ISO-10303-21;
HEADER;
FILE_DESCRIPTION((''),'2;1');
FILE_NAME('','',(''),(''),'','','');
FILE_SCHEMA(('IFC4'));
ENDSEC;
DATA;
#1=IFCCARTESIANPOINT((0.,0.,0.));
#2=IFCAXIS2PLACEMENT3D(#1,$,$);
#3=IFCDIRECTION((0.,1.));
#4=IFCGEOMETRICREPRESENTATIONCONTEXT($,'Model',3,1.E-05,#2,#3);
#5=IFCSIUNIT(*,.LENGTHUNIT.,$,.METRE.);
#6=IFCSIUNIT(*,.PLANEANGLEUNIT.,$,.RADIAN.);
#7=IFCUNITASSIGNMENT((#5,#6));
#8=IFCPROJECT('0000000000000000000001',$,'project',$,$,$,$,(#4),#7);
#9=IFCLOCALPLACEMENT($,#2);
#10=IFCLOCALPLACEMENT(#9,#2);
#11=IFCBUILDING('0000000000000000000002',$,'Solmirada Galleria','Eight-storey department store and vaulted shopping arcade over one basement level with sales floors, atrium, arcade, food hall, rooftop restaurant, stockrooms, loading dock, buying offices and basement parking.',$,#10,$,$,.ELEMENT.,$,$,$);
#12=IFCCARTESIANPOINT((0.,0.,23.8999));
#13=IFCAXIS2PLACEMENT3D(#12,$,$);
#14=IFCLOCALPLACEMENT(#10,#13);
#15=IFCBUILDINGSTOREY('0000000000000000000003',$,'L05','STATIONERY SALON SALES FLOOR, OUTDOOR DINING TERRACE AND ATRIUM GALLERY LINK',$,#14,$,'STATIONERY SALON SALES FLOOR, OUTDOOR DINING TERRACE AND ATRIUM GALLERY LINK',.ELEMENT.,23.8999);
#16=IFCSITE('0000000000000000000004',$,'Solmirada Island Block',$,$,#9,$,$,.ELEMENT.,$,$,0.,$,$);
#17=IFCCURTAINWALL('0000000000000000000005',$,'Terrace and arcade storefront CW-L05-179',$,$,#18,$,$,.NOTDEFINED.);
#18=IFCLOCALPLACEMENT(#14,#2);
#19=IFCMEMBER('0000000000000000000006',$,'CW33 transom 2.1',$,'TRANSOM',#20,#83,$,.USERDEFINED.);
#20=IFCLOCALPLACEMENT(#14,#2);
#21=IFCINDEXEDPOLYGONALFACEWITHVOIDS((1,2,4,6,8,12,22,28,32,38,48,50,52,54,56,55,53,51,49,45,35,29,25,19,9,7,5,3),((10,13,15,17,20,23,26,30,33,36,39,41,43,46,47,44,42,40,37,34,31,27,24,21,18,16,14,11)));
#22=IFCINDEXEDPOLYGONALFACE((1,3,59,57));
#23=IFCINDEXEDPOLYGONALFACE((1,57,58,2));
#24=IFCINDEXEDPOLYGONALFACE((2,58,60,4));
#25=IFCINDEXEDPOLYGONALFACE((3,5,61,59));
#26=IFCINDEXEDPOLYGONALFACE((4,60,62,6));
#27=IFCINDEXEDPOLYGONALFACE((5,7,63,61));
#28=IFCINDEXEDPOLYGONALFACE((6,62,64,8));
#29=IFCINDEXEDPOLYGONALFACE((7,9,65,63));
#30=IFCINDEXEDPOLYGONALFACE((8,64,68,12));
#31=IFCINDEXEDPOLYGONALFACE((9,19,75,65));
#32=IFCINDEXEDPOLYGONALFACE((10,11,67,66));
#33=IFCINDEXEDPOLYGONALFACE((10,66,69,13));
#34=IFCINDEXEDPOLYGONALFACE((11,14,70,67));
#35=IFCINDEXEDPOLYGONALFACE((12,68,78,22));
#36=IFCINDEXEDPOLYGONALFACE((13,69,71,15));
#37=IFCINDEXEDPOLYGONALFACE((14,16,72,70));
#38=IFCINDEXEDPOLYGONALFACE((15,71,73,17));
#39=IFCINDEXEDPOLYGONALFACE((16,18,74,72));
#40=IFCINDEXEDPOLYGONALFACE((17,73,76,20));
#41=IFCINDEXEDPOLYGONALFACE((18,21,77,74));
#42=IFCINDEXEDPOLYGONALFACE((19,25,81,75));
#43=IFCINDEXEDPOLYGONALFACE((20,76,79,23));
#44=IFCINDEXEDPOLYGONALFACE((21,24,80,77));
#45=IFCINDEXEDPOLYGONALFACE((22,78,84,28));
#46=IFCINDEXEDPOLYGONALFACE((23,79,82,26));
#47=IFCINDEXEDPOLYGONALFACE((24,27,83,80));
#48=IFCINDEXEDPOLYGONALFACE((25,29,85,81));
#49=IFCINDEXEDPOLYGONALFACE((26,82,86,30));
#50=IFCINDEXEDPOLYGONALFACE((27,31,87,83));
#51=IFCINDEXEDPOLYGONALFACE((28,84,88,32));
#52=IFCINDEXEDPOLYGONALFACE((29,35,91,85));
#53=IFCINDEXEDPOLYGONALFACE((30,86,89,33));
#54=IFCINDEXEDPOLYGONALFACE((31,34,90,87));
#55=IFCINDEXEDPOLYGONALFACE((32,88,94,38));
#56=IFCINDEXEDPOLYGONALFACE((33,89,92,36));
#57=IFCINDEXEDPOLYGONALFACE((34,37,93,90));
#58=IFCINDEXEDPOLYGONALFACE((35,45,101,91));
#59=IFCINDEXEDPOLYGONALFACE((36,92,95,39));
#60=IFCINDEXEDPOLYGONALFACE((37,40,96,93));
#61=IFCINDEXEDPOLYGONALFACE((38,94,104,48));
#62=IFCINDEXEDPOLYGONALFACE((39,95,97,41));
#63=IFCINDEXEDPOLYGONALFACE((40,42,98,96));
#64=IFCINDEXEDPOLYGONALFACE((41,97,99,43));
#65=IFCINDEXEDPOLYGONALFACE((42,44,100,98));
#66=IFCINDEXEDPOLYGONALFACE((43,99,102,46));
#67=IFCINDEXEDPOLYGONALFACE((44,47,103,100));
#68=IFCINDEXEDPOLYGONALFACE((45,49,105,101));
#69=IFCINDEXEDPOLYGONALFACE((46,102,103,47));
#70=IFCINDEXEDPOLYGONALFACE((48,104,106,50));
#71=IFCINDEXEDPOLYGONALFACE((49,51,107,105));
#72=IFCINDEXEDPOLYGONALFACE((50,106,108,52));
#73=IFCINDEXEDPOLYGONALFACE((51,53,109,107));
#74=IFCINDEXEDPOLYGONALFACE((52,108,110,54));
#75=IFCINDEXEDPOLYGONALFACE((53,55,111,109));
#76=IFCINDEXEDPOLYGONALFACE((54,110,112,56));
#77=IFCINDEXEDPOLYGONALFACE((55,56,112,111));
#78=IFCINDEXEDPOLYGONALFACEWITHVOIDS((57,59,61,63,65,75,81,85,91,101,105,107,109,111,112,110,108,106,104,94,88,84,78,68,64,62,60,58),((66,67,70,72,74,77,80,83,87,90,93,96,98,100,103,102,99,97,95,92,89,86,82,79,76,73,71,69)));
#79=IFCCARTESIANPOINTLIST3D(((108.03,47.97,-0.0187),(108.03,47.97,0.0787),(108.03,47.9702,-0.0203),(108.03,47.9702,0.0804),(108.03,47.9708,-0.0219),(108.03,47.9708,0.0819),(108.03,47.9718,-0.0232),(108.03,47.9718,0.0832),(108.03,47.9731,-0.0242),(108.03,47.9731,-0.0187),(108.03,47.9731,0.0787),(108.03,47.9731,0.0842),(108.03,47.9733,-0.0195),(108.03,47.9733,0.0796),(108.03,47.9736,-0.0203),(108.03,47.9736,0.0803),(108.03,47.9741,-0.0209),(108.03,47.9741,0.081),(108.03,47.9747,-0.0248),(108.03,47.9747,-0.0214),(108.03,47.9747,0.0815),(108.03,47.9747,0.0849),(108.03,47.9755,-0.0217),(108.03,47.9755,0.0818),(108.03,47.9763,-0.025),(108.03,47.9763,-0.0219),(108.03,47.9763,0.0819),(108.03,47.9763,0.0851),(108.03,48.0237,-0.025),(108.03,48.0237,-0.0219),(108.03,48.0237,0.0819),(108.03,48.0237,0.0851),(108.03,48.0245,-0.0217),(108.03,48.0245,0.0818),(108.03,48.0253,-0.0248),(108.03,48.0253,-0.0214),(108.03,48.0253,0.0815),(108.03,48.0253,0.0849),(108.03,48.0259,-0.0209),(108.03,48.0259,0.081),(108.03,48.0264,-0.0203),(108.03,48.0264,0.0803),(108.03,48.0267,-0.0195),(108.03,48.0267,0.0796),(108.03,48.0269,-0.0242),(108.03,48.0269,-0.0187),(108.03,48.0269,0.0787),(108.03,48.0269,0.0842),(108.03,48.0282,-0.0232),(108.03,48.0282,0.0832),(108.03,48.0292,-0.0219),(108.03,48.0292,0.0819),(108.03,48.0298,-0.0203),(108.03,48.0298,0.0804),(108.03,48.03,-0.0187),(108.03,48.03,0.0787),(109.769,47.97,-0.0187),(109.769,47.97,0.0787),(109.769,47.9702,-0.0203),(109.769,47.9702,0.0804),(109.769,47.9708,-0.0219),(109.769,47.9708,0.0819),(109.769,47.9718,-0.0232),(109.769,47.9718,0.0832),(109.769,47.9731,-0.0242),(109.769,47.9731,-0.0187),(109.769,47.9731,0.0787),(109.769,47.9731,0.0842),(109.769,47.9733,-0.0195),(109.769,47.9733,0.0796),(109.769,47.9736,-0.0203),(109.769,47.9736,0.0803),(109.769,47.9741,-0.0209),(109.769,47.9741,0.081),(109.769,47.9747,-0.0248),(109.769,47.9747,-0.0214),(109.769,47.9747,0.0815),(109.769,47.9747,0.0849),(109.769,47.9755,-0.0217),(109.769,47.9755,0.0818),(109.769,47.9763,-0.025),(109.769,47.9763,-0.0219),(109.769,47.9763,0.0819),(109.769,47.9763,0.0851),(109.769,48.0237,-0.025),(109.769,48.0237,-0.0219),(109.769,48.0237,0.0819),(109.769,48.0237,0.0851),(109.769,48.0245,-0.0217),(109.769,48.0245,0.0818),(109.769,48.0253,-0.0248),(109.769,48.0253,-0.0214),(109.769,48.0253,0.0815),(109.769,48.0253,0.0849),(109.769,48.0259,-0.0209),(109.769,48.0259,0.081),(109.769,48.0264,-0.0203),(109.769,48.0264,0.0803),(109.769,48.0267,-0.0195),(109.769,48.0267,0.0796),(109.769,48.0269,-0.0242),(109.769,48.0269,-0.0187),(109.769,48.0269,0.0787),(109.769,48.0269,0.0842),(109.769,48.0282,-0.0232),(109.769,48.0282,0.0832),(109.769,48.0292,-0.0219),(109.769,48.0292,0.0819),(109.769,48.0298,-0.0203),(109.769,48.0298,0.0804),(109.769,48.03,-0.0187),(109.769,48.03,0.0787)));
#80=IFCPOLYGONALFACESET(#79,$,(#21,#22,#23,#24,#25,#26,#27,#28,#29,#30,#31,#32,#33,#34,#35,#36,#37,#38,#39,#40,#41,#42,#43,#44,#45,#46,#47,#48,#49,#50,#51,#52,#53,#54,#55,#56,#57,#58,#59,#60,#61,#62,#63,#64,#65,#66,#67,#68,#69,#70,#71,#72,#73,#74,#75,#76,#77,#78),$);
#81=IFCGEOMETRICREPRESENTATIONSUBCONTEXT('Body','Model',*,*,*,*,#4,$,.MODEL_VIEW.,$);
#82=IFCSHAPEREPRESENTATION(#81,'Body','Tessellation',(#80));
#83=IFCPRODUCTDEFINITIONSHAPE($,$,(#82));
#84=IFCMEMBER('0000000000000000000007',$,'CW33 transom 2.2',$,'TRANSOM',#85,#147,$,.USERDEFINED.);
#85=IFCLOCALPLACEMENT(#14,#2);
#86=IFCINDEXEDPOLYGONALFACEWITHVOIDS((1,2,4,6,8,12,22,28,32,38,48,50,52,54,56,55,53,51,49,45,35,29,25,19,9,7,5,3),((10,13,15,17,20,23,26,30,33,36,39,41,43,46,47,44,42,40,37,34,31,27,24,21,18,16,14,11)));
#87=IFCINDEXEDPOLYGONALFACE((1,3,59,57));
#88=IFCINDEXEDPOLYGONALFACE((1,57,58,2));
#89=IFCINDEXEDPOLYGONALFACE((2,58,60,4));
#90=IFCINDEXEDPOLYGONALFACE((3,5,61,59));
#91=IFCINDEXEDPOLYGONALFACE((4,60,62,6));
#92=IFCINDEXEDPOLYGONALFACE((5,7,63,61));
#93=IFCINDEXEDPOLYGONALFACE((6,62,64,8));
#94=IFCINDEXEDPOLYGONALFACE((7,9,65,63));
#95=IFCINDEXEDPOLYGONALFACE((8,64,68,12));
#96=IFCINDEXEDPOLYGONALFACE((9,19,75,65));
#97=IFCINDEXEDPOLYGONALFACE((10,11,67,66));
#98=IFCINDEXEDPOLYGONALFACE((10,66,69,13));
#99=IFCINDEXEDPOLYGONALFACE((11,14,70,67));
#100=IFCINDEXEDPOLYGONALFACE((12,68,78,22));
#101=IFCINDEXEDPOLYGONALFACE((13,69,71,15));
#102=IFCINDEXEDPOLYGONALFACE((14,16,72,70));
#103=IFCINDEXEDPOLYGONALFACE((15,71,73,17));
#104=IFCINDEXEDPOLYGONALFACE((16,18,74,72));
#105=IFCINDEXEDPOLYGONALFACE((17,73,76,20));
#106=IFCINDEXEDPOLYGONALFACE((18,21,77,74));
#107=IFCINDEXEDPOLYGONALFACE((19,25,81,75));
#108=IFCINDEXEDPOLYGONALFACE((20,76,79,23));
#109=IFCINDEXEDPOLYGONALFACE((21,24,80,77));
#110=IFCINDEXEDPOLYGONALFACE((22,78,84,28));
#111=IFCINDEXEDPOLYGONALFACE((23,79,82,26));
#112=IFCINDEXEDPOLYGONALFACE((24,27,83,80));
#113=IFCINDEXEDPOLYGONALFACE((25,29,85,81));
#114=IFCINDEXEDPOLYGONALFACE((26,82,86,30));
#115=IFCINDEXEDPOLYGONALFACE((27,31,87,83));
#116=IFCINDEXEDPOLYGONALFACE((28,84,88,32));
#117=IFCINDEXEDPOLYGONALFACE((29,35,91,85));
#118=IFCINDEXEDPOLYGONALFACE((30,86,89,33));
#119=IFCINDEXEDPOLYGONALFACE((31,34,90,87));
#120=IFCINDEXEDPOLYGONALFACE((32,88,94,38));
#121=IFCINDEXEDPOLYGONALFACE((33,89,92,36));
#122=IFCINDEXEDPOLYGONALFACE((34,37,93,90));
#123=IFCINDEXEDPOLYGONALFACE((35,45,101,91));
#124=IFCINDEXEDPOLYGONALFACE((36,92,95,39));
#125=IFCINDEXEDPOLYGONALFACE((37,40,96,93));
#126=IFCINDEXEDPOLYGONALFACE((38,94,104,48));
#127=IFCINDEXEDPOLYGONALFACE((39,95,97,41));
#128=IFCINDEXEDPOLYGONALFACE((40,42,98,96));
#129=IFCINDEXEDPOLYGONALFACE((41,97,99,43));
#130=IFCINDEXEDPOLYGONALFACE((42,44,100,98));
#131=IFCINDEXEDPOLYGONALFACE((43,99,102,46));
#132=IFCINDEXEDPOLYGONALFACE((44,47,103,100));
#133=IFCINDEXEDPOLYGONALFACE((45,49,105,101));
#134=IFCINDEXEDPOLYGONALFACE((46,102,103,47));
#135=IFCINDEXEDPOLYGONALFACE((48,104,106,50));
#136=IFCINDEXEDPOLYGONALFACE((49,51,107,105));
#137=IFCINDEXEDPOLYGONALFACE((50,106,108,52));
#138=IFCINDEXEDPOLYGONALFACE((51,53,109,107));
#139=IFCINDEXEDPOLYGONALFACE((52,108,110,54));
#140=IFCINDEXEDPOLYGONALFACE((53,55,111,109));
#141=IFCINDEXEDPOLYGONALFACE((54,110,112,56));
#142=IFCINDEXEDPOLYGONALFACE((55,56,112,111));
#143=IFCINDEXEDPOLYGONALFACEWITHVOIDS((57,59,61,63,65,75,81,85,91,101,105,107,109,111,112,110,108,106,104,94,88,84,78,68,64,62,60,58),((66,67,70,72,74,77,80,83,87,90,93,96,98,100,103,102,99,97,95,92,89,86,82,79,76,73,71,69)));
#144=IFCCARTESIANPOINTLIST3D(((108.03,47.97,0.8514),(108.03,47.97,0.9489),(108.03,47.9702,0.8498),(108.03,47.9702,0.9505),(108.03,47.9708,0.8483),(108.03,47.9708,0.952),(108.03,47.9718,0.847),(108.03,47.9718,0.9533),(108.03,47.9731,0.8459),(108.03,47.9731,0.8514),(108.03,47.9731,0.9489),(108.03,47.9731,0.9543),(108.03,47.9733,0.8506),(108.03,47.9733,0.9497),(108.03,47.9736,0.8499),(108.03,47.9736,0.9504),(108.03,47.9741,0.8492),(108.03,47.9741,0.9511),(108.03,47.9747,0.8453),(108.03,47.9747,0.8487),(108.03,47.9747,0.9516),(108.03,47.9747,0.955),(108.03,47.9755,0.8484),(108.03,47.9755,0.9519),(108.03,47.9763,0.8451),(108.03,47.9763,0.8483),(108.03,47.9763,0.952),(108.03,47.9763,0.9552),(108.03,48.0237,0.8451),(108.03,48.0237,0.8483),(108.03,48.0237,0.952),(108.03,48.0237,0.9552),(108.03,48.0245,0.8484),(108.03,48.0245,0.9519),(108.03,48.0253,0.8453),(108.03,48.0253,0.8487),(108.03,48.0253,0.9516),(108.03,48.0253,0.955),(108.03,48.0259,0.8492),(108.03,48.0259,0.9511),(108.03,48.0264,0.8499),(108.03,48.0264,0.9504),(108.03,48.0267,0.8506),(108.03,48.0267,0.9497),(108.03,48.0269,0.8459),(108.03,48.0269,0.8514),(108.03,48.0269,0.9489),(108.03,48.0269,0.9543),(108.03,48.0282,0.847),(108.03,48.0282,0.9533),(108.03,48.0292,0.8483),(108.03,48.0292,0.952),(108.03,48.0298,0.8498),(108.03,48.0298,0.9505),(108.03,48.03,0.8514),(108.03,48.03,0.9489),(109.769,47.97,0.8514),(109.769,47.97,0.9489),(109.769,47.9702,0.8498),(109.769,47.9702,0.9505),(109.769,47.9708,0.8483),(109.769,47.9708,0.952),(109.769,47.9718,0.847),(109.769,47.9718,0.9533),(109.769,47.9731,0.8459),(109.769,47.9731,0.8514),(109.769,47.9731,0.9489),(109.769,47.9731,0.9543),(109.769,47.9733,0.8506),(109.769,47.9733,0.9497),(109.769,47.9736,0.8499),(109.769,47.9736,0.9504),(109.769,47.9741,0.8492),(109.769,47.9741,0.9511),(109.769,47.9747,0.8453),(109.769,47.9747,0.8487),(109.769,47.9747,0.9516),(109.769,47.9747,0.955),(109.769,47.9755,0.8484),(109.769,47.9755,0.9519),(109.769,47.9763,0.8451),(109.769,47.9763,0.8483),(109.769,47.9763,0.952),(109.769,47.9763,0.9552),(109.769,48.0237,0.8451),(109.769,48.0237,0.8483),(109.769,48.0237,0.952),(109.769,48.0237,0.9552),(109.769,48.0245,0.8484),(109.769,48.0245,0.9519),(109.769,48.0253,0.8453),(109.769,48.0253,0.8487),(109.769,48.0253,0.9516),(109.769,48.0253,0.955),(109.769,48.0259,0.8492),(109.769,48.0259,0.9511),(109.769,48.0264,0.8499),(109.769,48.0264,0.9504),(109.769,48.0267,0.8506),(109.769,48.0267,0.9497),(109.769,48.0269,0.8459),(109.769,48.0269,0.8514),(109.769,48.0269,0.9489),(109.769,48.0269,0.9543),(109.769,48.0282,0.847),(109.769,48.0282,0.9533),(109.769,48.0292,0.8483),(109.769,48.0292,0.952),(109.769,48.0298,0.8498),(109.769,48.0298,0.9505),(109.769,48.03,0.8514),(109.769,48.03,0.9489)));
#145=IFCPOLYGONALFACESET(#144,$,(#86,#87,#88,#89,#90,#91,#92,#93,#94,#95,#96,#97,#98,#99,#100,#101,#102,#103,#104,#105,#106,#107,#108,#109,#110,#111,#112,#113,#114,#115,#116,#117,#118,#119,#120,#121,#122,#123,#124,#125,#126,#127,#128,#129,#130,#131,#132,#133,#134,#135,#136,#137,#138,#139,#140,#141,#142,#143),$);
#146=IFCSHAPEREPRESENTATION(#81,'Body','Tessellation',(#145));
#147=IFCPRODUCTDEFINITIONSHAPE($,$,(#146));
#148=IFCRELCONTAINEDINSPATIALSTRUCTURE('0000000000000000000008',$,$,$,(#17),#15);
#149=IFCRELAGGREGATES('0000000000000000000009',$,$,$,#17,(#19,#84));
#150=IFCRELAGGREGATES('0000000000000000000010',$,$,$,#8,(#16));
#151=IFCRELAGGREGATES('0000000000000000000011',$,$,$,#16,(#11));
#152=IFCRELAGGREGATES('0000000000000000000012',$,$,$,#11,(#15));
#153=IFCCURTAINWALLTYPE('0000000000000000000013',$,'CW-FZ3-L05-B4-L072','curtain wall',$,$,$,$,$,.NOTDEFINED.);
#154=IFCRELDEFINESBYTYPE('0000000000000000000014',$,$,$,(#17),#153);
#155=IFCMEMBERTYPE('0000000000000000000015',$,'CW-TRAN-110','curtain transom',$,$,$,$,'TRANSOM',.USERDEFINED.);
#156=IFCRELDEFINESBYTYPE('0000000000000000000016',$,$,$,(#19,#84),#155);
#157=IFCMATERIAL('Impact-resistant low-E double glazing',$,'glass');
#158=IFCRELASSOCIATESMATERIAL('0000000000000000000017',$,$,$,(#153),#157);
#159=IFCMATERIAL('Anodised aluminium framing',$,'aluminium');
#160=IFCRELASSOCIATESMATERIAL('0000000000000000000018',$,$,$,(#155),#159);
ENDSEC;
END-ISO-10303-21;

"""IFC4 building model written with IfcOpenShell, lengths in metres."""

from ifc_helpers import new_model, si_unit, direction, frame, origin, origin_2d, place, context, subcontext, project, spatial, hollow_rectangle, extrude, material, material_profile, profile_set, type_object, element, aggregate, save


model = new_model("IFC4")

# Units and contexts
model_context = context("Model", 3, precision=1e-05, world=origin(), true_north=direction((0.0, 1.0)))
body_context = subcontext(model_context, "Body", "Model", "MODEL_VIEW")
ifc_project = project(units=[si_unit("LENGTHUNIT", "METRE"), si_unit("PLANEANGLEUNIT", "RADIAN")], contexts=[model_context])

# Site, building, storey
site_placement = place(None, origin())
site = spatial("IfcSite", under=ifc_project, at=site_placement, Name="Solmirada Island Block", CompositionType="ELEMENT", RefElevation=0.0)
building_placement = place(site_placement, origin())
building = spatial("IfcBuilding", under=site, at=building_placement, Name="Solmirada Galleria", Description="Eight-storey department store and vaulted shopping arcade over one basement level with sales floors, atrium, arcade, food hall, rooftop restaurant, stockrooms, loading dock, buying offices and basement parking.", CompositionType="ELEMENT")
storey_placement = place(building_placement, frame((0.0, 0.0, 23.8999)))
storey = spatial("IfcBuildingStorey", under=building, at=storey_placement, Name="L05", Description="STATIONERY SALON SALES FLOOR, OUTDOOR DINING TERRACE AND ATRIUM GALLERY LINK", LongName="STATIONERY SALON SALES FLOOR, OUTDOOR DINING TERRACE AND ATRIUM GALLERY LINK", CompositionType="ELEMENT", Elevation=23.8999)

# Shared definitions
ifc_material_1 = material(Name="Impact-resistant low-E double glazing", Category="glass")
curtain_wall_type = type_object("IfcCurtainWallType", Name="CW-FZ3-L05-B4-L072", Description="curtain wall", PredefinedType="NOTDEFINED", material=ifc_material_1)
ifc_material_2 = material(Name="Anodised aluminium framing", Category="aluminium")

# Curtain wall
curtain_wall_1_placement = place(storey_placement, origin())
curtain_wall_1 = element("IfcCurtainWall", 1, at=curtain_wall_1_placement, inside=storey, type_object=curtain_wall_type, Name="Terrace and arcade storefront CW-L05-179", PredefinedType="NOTDEFINED")

# Members
ifc_material_profile_1 = material_profile(ifc_material_2, hollow_rectangle(XDim=0.0601, YDim=0.1101, WallThickness=0.0032, InnerFilletRadius=0.0032, OuterFilletRadius=0.0063, at=origin_2d()), Name="ALU-TRAN-110X60")
ifc_profile_set_1 = profile_set([ifc_material_profile_1], Name="Anodised aluminium framing")
member_type_1 = type_object("IfcMemberType", Name="CW-TRAN-110", Description="curtain transom", ElementType="TRANSOM", PredefinedType="USERDEFINED", material=ifc_profile_set_1)
member_1_placement = place(storey_placement, frame((109.769, 48.0, 0.03), z_axis=(-1.0, 0.0, 0.0), x_axis=(0.0, -1.0, 0.0)))
member_1 = element("IfcMember", 2, at=member_1_placement, type_object=member_type_1, Name="CW33 transom 2.1", ObjectType="TRANSOM", PredefinedType="USERDEFINED", context=body_context, shape_type="SweptSolid", body=[
    extrude(hollow_rectangle(XDim=0.0601, YDim=0.1101, WallThickness=0.0032, InnerFilletRadius=0.0032, OuterFilletRadius=0.0063, at=origin_2d()), origin(), (0.0, 0.0, 1.0), 1.739),
])
member_2_placement = place(storey_placement, frame((109.769, 48.0, 0.9001), z_axis=(-1.0, 0.0, 0.0), x_axis=(0.0, -1.0, 0.0)))
member_2 = element("IfcMember", 3, at=member_2_placement, type_object=member_type_1, Name="CW33 transom 2.2", ObjectType="TRANSOM", PredefinedType="USERDEFINED", context=body_context, shape_type="SweptSolid", body=[
    extrude(hollow_rectangle(XDim=0.0601, YDim=0.1101, WallThickness=0.0032, InnerFilletRadius=0.0032, OuterFilletRadius=0.0063, at=origin_2d()), origin(), (0.0, 0.0, 1.0), 1.739),
])

aggregate(curtain_wall_1, [member_1, member_2])

save(model, "model.ifc")
